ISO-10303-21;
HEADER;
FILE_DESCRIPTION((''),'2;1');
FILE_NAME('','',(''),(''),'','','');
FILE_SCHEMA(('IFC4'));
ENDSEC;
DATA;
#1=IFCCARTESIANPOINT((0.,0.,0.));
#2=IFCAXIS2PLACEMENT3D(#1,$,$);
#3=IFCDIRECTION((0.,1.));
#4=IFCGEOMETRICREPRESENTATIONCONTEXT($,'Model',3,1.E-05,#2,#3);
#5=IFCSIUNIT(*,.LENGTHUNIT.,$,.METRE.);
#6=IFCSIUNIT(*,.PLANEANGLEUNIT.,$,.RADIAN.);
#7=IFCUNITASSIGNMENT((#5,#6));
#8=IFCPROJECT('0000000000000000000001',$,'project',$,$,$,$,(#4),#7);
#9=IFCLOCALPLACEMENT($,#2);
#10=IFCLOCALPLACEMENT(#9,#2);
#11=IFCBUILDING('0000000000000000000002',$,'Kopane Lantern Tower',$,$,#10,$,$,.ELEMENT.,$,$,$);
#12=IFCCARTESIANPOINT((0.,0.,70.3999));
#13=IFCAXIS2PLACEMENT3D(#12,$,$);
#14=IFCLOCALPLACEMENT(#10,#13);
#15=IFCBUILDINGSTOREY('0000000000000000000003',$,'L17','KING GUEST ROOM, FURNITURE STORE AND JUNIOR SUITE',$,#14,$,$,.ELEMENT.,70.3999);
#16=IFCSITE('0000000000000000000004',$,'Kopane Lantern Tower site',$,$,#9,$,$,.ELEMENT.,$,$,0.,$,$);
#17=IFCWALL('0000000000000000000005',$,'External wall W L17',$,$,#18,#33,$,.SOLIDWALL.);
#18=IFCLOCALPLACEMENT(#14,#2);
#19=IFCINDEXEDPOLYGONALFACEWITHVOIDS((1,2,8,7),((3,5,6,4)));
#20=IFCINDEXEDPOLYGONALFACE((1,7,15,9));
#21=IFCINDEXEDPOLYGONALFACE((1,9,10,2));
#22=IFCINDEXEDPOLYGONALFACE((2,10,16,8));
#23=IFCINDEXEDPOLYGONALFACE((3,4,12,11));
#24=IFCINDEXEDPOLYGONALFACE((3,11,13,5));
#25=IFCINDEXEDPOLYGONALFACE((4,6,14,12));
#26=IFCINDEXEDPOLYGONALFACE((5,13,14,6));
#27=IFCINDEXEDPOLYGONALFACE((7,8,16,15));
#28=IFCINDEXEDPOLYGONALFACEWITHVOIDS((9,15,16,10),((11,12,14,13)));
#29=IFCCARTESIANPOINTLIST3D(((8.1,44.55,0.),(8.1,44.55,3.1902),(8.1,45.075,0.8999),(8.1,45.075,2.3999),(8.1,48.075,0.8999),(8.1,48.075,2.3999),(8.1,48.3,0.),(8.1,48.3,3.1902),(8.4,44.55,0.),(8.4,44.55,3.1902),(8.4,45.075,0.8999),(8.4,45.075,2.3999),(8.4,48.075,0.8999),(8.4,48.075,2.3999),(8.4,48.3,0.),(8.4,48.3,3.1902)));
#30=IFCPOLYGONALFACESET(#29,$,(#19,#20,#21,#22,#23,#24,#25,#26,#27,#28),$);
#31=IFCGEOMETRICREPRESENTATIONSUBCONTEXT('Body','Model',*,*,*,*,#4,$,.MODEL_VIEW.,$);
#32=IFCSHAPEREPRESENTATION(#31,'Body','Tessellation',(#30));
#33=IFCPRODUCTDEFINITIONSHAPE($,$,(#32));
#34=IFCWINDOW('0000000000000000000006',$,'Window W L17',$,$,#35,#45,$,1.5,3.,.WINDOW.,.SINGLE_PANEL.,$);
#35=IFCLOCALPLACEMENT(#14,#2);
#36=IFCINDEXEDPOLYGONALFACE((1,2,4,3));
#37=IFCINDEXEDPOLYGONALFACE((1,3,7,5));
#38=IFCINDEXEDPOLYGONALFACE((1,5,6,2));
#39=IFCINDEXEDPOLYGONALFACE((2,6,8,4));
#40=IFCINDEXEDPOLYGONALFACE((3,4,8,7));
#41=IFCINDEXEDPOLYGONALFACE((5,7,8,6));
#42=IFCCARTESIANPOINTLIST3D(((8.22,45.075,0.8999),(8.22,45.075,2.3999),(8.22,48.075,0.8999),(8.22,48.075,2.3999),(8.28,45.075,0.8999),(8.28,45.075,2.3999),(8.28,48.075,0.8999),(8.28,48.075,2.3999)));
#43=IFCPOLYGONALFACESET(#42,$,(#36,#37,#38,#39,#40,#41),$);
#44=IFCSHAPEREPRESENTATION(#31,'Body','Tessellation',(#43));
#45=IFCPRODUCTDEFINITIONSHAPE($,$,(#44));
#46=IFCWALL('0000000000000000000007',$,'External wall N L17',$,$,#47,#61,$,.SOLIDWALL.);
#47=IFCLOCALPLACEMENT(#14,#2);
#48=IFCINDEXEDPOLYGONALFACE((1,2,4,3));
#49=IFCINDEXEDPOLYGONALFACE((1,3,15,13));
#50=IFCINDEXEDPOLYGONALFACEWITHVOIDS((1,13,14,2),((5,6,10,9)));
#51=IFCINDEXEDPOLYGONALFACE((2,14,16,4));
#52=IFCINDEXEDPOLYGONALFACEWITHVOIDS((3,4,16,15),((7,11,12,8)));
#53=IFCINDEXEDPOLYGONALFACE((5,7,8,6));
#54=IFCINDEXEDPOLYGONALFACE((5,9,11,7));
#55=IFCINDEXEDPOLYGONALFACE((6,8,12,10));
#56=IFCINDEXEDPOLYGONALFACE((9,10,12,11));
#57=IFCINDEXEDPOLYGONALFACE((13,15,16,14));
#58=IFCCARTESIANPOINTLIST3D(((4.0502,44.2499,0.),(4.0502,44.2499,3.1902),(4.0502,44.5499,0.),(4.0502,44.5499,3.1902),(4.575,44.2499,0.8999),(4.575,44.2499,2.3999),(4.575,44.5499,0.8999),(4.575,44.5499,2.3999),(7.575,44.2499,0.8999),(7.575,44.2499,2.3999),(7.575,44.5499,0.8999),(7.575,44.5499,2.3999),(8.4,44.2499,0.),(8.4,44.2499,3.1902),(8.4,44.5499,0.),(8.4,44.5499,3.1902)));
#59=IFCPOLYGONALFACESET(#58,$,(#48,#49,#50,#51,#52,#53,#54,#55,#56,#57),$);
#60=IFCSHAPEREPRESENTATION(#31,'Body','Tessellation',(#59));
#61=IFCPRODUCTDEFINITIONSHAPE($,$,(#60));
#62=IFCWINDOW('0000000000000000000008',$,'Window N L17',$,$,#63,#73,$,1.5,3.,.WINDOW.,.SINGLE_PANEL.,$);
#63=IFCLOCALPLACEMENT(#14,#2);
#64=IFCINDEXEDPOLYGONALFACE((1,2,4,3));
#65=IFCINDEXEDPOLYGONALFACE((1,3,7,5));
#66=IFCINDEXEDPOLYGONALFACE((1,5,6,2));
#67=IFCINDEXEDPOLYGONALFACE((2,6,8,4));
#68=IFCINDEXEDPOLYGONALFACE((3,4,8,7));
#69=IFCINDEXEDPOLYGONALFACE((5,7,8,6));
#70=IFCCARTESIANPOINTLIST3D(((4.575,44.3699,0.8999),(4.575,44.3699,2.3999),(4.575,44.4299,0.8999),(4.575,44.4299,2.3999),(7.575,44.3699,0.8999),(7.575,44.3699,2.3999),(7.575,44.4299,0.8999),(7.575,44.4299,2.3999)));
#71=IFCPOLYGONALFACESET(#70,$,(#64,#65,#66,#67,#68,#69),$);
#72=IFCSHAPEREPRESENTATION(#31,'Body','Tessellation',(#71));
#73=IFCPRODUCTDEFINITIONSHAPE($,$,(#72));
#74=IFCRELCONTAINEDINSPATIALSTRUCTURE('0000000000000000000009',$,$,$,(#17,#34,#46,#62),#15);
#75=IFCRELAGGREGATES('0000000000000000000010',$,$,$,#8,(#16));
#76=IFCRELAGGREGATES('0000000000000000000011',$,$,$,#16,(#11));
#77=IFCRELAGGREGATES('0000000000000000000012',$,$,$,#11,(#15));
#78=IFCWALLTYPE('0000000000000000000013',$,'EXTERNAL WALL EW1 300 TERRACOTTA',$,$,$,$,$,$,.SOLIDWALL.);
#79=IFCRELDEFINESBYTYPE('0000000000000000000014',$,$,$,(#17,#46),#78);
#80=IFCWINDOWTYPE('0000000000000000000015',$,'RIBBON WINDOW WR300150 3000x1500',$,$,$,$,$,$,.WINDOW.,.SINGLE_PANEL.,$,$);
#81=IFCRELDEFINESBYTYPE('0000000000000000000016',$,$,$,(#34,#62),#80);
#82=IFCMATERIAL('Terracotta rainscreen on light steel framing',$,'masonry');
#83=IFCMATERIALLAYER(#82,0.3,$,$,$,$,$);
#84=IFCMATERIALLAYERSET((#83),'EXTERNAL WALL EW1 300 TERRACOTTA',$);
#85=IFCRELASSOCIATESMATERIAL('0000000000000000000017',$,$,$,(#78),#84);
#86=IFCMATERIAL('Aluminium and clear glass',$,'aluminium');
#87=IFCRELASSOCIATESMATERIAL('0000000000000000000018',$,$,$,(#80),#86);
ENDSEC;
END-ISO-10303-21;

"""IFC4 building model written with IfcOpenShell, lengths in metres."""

from ifc_helpers import new_model, si_unit, direction, frame, frame_2d, origin, place, context, subcontext, project, spatial, rectangle, extrude, material, layer, layer_set, type_object, element, fill, save


model = new_model("IFC4")

# Units and contexts
model_context = context("Model", 3, precision=1e-05, world=origin(), true_north=direction((0.0, 1.0)))
body_context = subcontext(model_context, "Body", "Model", "MODEL_VIEW")
ifc_project = project(units=[si_unit("LENGTHUNIT", "METRE"), si_unit("PLANEANGLEUNIT", "RADIAN")], contexts=[model_context])

# Site, building, storey
site_placement = place(None, origin())
site = spatial("IfcSite", under=ifc_project, at=site_placement, Name="Kopane Lantern Tower site", CompositionType="ELEMENT", RefElevation=0.0)
building_placement = place(site_placement, origin())
building = spatial("IfcBuilding", under=site, at=building_placement, Name="Kopane Lantern Tower", CompositionType="ELEMENT")
storey_placement = place(building_placement, frame((0.0, 0.0, 70.3999)))
storey = spatial("IfcBuildingStorey", under=building, at=storey_placement, Name="L17", Description="KING GUEST ROOM, FURNITURE STORE AND JUNIOR SUITE", CompositionType="ELEMENT", Elevation=70.3999)

# Walls, openings, windows
ifc_material_1 = material(Name="Terracotta rainscreen on light steel framing", Category="masonry")
ifc_layer_1 = layer(ifc_material_1, 0.3)
ifc_layer_set_1 = layer_set([ifc_layer_1], Name="EXTERNAL WALL EW1 300 TERRACOTTA")
wall_type_1 = type_object("IfcWallType", Name="EXTERNAL WALL EW1 300 TERRACOTTA", PredefinedType="SOLIDWALL", material=ifc_layer_set_1)
wall_1_placement = place(storey_placement, frame((8.25, 48.3, 0.0), z_axis=(0.0, 0.0, 1.0), x_axis=(0.0, -1.0, 0.0)))
wall_1 = element("IfcWall", 1, at=wall_1_placement, inside=storey, type_object=wall_type_1, Name="External wall W L17", PredefinedType="SOLIDWALL", context=body_context, shape_type="SweptSolid", body=[
    extrude(rectangle(XDim=3.75, YDim=0.3, at=frame_2d((1.875, 0.0))), origin(), (0.0, 0.0, 1.0), 3.1902),
])
opening_1_placement = place(wall_1_placement, frame((0.2251, 0.0, 0.8999)))
opening_1 = element("IfcOpeningElement", 2, at=opening_1_placement, cuts=wall_1, PredefinedType="OPENING", context=body_context, shape_type="SweptSolid", body=[
    extrude(rectangle(XDim=3.0, YDim=1.5, at=frame_2d((1.5, 0.75))), frame((0.0, 0.1599, 0.0), z_axis=(0.0, -1.0, 0.0), x_axis=(1.0, 0.0, 0.0)), (0.0, 0.0, 1.0), 0.3201),
])
ifc_material_2 = material(Name="Aluminium and clear glass", Category="aluminium")
window_type = type_object("IfcWindowType", Name="RIBBON WINDOW WR300150 3000x1500", PartitioningType="SINGLE_PANEL", PredefinedType="WINDOW", material=ifc_material_2)
window_1_placement = place(opening_1_placement, origin())
window_1 = element("IfcWindow", 3, at=window_1_placement, inside=storey, type_object=window_type, Name="Window W L17", OverallHeight=1.5, OverallWidth=3.0, PartitioningType="SINGLE_PANEL", PredefinedType="WINDOW", context=body_context, shape_type="SweptSolid", body=[
    extrude(rectangle(XDim=3.0, YDim=1.5, at=frame_2d((1.5, 0.75))), frame((0.0, 0.03, 0.0), z_axis=(0.0, -1.0, 0.0), x_axis=(1.0, 0.0, 0.0)), (0.0, 0.0, 1.0), 0.0601),
])
fill(opening_1, window_1)
wall_2_placement = place(storey_placement, frame((8.3999, 44.3999, 0.0), z_axis=(0.0, 0.0, 1.0), x_axis=(-1.0, 0.0, 0.0)))
wall_2 = element("IfcWall", 4, at=wall_2_placement, inside=storey, type_object=wall_type_1, Name="External wall N L17", PredefinedType="SOLIDWALL", context=body_context, shape_type="SweptSolid", body=[
    extrude(rectangle(XDim=4.3499, YDim=0.3, at=frame_2d((2.1748, 0.0))), origin(), (0.0, 0.0, 1.0), 3.1902),
])
opening_2_placement = place(wall_2_placement, frame((0.825, 0.0, 0.8999)))
opening_2 = element("IfcOpeningElement", 5, at=opening_2_placement, cuts=wall_2, PredefinedType="OPENING", context=body_context, shape_type="SweptSolid", body=[
    extrude(rectangle(XDim=3.0, YDim=1.5, at=frame_2d((1.5, 0.75))), frame((0.0, 0.1599, 0.0), z_axis=(0.0, -1.0, 0.0), x_axis=(1.0, 0.0, 0.0)), (0.0, 0.0, 1.0), 0.3201),
])
window_2_placement = place(opening_2_placement, origin())
window_2 = element("IfcWindow", 6, at=window_2_placement, inside=storey, type_object=window_type, Name="Window N L17", OverallHeight=1.5, OverallWidth=3.0, PartitioningType="SINGLE_PANEL", PredefinedType="WINDOW", context=body_context, shape_type="SweptSolid", body=[
    extrude(rectangle(XDim=3.0, YDim=1.5, at=frame_2d((1.5, 0.75))), frame((0.0, 0.03, 0.0), z_axis=(0.0, -1.0, 0.0), x_axis=(1.0, 0.0, 0.0)), (0.0, 0.0, 1.0), 0.0601),
])
fill(opening_2, window_2)

save(model, "model.ifc")
